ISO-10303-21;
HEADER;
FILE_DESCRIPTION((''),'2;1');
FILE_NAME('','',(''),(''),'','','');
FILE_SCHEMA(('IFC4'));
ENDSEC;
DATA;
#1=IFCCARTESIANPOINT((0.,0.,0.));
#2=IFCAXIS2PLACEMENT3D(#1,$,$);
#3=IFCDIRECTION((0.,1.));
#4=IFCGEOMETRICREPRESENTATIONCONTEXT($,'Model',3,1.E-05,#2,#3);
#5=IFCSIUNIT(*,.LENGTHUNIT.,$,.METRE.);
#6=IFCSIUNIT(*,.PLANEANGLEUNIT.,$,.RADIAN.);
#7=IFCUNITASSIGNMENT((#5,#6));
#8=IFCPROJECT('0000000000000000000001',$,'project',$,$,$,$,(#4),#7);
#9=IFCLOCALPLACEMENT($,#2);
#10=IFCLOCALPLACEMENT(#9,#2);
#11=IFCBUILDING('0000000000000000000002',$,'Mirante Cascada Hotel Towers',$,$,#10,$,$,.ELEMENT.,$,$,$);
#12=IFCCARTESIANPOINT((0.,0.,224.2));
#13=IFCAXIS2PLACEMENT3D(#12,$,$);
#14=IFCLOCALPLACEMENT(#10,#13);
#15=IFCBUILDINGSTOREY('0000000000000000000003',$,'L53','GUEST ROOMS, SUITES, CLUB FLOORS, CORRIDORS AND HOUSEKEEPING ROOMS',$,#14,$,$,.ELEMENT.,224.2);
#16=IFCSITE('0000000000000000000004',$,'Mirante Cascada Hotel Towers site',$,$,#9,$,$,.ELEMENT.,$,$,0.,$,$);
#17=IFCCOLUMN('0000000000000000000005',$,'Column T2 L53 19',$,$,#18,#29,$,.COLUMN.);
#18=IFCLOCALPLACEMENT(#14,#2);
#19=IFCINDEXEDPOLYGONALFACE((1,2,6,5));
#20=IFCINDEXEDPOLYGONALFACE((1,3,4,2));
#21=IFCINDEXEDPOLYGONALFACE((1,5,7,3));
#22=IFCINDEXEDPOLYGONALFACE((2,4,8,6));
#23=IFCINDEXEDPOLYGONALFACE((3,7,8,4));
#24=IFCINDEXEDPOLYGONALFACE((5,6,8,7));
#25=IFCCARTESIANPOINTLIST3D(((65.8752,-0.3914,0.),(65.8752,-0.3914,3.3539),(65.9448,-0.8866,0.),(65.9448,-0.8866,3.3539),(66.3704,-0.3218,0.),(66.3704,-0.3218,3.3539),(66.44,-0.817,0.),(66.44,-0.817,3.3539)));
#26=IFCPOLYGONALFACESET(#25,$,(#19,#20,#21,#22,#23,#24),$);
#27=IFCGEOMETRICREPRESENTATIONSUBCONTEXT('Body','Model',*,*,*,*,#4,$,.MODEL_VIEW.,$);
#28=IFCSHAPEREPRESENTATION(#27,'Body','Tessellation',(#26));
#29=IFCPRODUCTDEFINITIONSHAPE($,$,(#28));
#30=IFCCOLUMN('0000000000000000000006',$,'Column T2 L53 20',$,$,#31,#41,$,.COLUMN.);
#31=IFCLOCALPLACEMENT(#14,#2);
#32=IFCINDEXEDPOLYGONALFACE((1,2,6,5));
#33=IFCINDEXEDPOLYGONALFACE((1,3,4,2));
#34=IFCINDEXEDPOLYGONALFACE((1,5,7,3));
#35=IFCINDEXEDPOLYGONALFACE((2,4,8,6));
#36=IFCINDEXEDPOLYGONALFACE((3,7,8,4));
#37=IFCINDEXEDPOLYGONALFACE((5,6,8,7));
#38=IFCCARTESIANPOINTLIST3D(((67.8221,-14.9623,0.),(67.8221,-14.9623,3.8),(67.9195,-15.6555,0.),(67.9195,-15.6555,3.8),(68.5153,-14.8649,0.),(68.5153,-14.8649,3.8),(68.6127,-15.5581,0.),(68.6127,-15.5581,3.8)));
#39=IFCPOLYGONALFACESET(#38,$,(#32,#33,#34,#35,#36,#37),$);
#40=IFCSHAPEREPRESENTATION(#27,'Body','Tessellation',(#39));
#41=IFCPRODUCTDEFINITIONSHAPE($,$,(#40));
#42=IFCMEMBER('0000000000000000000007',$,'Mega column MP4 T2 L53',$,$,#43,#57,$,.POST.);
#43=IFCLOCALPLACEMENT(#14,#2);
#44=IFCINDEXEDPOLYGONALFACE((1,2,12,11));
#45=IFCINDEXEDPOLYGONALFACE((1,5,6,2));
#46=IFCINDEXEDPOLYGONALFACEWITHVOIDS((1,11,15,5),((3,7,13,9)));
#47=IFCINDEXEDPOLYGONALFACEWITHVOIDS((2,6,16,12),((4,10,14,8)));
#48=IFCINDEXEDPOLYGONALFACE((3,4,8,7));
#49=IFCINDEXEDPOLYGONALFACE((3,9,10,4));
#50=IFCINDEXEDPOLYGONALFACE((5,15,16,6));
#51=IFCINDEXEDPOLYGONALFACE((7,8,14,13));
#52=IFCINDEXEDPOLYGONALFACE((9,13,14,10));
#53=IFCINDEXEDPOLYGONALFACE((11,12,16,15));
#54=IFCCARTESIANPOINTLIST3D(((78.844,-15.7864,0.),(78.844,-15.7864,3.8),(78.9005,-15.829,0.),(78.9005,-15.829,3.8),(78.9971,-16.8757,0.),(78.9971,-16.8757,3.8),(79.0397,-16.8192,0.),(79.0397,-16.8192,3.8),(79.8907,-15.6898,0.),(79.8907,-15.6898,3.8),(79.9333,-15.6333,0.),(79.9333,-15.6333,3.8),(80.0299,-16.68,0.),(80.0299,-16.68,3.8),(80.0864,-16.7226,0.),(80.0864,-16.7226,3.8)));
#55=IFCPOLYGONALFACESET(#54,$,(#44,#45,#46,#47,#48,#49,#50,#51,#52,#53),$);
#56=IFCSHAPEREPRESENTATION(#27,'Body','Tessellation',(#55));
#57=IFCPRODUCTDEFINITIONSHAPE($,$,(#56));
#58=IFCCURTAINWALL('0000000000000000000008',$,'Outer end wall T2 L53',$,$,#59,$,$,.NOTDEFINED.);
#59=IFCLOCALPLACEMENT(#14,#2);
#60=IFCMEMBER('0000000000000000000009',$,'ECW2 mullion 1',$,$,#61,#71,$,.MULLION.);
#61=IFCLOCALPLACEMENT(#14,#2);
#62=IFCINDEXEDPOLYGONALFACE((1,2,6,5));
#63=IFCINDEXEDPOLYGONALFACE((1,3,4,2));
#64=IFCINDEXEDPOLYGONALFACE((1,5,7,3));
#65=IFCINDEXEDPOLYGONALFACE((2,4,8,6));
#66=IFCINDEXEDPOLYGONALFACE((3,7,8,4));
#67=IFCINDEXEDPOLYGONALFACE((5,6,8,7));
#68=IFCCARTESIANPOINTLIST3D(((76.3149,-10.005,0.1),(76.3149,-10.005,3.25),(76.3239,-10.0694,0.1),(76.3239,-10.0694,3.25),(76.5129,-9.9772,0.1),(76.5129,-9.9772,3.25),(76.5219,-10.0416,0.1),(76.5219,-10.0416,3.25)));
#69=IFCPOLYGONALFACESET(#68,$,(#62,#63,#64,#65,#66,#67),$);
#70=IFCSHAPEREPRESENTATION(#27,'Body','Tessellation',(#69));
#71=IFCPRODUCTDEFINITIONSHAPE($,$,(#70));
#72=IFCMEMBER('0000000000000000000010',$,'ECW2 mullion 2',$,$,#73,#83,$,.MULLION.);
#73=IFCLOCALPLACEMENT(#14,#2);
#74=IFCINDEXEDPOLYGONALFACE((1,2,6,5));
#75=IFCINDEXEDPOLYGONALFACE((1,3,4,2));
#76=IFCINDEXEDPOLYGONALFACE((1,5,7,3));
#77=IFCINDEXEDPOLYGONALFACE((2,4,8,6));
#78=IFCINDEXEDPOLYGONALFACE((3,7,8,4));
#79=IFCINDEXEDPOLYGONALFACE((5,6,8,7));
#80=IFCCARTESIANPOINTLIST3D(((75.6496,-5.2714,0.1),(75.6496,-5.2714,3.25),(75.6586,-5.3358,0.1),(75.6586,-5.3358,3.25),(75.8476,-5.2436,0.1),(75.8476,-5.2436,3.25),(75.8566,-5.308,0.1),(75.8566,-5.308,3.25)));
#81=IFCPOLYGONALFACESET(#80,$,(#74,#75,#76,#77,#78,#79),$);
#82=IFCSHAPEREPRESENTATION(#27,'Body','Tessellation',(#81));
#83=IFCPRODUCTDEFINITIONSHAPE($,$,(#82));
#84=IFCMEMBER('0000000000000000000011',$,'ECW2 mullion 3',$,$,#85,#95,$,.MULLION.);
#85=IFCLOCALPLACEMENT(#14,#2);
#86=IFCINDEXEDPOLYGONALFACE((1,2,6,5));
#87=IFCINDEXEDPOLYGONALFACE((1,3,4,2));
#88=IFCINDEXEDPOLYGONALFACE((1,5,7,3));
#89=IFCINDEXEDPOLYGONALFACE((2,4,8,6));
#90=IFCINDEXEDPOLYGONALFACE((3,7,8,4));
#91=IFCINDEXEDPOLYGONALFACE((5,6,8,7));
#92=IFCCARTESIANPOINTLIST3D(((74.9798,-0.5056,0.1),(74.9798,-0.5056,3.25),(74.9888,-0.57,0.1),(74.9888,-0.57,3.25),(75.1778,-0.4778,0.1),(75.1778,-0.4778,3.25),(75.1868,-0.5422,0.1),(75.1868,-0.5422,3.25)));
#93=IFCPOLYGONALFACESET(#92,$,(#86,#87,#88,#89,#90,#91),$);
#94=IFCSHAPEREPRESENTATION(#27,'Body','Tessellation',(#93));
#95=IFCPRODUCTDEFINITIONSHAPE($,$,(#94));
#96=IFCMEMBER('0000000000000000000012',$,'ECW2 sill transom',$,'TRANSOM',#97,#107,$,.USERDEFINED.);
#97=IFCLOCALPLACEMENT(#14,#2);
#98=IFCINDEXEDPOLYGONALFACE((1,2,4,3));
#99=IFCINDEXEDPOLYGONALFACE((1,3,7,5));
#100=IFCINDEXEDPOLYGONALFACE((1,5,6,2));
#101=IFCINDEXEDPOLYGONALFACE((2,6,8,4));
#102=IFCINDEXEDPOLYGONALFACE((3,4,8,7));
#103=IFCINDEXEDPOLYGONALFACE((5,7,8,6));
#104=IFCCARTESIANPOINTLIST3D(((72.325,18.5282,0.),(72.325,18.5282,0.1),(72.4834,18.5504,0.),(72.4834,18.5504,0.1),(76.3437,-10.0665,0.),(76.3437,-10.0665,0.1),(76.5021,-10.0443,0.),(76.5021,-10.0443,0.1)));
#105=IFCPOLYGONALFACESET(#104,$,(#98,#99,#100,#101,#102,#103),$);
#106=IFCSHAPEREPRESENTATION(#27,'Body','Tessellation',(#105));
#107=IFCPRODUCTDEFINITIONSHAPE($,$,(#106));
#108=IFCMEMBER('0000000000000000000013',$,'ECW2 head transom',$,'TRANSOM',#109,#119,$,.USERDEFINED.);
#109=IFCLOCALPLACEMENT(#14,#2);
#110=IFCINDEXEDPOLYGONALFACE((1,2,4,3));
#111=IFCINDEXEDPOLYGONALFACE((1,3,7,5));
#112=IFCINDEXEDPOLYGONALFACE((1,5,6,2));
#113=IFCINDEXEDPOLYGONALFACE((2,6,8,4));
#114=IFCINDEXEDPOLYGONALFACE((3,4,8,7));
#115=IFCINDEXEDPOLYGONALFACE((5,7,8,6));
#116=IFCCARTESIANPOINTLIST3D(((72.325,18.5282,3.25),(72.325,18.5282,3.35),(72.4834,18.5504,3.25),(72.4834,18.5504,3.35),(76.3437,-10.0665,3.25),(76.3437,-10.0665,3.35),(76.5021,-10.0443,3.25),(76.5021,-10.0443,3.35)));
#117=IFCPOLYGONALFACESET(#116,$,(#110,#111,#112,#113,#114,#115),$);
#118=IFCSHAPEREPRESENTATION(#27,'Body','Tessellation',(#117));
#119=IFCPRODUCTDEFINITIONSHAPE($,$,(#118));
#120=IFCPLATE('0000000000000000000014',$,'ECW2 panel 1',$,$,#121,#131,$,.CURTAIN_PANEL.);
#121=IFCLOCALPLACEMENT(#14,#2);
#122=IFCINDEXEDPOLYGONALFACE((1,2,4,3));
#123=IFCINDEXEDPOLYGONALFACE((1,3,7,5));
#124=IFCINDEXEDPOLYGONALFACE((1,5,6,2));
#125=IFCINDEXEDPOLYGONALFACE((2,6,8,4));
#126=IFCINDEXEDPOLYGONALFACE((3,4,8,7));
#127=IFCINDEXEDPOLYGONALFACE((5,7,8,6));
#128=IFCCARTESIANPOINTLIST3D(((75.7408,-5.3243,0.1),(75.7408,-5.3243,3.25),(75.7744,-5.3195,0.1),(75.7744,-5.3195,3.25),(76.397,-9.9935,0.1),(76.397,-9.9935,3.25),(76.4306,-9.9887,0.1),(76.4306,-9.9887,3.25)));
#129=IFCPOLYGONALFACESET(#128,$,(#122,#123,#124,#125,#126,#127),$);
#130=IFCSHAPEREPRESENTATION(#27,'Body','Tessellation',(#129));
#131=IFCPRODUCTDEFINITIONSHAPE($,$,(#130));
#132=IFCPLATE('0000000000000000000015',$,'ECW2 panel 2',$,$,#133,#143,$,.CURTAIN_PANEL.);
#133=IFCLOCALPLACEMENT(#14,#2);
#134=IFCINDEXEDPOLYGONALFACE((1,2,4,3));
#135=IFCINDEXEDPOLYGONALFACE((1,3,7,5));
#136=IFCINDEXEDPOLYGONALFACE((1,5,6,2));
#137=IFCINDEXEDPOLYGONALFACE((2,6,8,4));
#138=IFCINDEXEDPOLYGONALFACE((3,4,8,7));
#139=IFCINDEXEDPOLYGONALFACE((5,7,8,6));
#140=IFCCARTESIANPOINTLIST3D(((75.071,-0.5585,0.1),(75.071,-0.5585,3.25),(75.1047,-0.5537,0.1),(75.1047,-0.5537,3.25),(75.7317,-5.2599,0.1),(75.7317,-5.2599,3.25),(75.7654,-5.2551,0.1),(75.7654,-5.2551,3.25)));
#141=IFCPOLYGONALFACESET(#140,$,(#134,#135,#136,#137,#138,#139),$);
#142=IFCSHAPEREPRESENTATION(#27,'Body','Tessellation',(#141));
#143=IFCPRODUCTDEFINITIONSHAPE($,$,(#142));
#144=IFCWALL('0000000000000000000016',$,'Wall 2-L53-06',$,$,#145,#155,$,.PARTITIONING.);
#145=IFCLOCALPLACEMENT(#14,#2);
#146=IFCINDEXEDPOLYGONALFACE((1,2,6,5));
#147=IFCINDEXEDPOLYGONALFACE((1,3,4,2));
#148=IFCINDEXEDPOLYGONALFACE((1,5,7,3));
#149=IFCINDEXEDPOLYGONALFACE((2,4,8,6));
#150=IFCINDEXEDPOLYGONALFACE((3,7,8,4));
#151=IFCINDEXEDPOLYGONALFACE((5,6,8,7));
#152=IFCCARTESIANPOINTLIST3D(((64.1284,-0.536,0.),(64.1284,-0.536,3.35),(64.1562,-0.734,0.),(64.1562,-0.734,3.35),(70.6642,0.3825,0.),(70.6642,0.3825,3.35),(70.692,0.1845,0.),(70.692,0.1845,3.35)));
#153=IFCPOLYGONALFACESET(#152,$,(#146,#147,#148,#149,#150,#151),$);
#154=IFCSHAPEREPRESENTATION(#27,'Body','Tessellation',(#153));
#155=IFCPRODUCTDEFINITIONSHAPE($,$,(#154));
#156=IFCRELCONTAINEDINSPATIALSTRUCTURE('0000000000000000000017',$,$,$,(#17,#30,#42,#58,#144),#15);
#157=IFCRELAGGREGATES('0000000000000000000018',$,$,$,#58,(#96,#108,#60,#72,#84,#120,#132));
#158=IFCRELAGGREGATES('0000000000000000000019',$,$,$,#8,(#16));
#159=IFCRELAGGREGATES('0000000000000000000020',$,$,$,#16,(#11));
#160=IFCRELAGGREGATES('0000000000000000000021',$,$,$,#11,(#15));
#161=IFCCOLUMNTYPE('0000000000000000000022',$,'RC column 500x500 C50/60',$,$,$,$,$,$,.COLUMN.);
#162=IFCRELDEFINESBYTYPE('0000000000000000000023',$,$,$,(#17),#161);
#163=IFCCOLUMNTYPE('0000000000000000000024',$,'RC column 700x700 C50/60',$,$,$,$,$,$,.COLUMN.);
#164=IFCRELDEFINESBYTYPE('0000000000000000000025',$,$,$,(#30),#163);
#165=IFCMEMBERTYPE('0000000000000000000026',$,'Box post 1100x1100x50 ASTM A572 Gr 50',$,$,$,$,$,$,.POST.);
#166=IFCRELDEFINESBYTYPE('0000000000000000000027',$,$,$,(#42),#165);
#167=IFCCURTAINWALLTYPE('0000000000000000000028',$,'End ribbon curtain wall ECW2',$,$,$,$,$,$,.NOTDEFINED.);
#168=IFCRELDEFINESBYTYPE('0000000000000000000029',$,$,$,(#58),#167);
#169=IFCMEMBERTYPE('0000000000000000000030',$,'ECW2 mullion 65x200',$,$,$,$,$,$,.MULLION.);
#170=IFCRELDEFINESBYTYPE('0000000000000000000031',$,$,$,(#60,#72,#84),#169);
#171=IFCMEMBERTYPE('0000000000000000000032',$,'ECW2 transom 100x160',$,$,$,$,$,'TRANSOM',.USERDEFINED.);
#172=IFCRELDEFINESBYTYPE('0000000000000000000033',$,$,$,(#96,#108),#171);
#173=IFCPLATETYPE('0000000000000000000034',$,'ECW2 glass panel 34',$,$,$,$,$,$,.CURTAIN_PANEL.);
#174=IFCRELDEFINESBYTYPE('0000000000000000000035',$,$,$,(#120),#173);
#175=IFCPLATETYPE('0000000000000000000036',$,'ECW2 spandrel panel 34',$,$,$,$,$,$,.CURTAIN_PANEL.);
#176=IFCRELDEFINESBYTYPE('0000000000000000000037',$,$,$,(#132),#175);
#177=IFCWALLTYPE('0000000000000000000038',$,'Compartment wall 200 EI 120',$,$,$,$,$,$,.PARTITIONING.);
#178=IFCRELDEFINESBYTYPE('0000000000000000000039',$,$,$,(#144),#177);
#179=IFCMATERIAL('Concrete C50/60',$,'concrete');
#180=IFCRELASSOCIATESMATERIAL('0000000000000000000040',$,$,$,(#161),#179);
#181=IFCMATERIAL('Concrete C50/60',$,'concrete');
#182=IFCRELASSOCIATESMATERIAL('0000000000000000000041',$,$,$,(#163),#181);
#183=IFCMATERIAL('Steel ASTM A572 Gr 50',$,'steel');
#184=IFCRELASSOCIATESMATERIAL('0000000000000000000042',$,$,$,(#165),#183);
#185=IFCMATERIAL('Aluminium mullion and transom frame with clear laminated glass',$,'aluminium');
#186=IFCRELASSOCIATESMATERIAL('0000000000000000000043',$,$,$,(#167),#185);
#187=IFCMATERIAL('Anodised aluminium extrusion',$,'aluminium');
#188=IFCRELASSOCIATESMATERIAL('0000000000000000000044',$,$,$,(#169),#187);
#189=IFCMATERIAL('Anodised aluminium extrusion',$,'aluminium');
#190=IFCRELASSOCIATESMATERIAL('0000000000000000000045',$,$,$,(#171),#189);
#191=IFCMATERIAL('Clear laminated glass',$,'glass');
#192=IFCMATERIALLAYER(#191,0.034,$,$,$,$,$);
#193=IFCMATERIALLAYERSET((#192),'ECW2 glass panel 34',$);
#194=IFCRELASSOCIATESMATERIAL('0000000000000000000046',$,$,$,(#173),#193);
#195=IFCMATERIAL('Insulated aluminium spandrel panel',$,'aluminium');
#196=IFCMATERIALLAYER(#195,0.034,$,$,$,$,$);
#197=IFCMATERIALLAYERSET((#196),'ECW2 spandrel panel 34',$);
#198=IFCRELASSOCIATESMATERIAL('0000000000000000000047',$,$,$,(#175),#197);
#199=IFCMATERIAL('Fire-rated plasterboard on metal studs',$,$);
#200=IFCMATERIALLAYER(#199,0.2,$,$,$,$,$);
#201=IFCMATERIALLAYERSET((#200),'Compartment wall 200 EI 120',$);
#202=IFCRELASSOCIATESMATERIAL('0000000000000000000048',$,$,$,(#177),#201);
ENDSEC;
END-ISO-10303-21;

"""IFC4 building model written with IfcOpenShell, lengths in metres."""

from ifc_helpers import new_model, si_unit, direction, frame, frame_2d, origin, origin_2d, place, context, subcontext, project, spatial, rectangle, hollow_rectangle, extrude, material, layer, layer_set, material_profile, profile_set, type_object, element, aggregate, save


model = new_model("IFC4")

# Units and contexts
model_context = context("Model", 3, precision=1e-05, world=origin(), true_north=direction((0.0, 1.0)))
body_context = subcontext(model_context, "Body", "Model", "MODEL_VIEW")
ifc_project = project(units=[si_unit("LENGTHUNIT", "METRE"), si_unit("PLANEANGLEUNIT", "RADIAN")], contexts=[model_context])

# Site, building, storey
site_placement = place(None, origin())
site = spatial("IfcSite", under=ifc_project, at=site_placement, Name="Mirante Cascada Hotel Towers site", CompositionType="ELEMENT", RefElevation=0.0)
building_placement = place(site_placement, origin())
building = spatial("IfcBuilding", under=site, at=building_placement, Name="Mirante Cascada Hotel Towers", CompositionType="ELEMENT")
storey_placement = place(building_placement, frame((0.0, 0.0, 224.2)))
storey = spatial("IfcBuildingStorey", under=building, at=storey_placement, Name="L53", Description="GUEST ROOMS, SUITES, CLUB FLOORS, CORRIDORS AND HOUSEKEEPING ROOMS", CompositionType="ELEMENT", Elevation=224.2)

# Columns
ifc_material_1 = material(Name="Concrete C50/60", Category="concrete")
ifc_material_profile_1 = material_profile(ifc_material_1, rectangle(XDim=0.5, YDim=0.5, at=origin_2d()), Name="RC column 500x500 C50/60")
ifc_profile_set_1 = profile_set([ifc_material_profile_1], Name="Concrete C50/60")
column_type_1 = type_object("IfcColumnType", Name="RC column 500x500 C50/60", PredefinedType="COLUMN", material=ifc_profile_set_1)
column_1_placement = place(storey_placement, frame((66.1576, -0.6042, 0.0), z_axis=(0.0, 0.0, 1.0), x_axis=(0.990268, 0.139173, 0.0)))
element("IfcColumn", 1, at=column_1_placement, inside=storey, type_object=column_type_1, Name="Column T2 L53 19", PredefinedType="COLUMN", context=body_context, shape_type="SweptSolid", body=[
    extrude(rectangle(XDim=0.5, YDim=0.5, at=origin_2d()), origin(), (0.0, 0.0, 1.0), 3.3539),
])
ifc_material_2 = material(Name="Concrete C50/60", Category="concrete")
ifc_material_profile_2 = material_profile(ifc_material_2, rectangle(XDim=0.7, YDim=0.7, at=origin_2d()), Name="RC column 700x700 C50/60")
ifc_profile_set_2 = profile_set([ifc_material_profile_2], Name="Concrete C50/60")
column_type_2 = type_object("IfcColumnType", Name="RC column 700x700 C50/60", PredefinedType="COLUMN", material=ifc_profile_set_2)
column_2_placement = place(storey_placement, frame((68.2174, -15.2602, 0.0), z_axis=(0.0, 0.0, 1.0), x_axis=(0.990268, 0.139173, 0.0)))
element("IfcColumn", 2, at=column_2_placement, inside=storey, type_object=column_type_2, Name="Column T2 L53 20", PredefinedType="COLUMN", context=body_context, shape_type="SweptSolid", body=[
    extrude(rectangle(XDim=0.7, YDim=0.7, at=origin_2d()), origin(), (0.0, 0.0, 1.0), 3.8),
])

# Member
ifc_material_3 = material(Name="Steel ASTM A572 Gr 50", Category="steel")
ifc_material_profile_3 = material_profile(ifc_material_3, hollow_rectangle(XDim=1.1, YDim=1.1, WallThickness=0.05, at=origin_2d()), Name="Box post 1100x1100x50 ASTM A572 Gr 50")
ifc_profile_set_3 = profile_set([ifc_material_profile_3], Name="Steel ASTM A572 Gr 50")
member_type_1 = type_object("IfcMemberType", Name="Box post 1100x1100x50 ASTM A572 Gr 50", PredefinedType="POST", material=ifc_profile_set_3)
member_1_placement = place(storey_placement, frame((79.4652, -16.2545, 0.0), z_axis=(0.0, 0.0, 1.0), x_axis=(0.990268, 0.139173, 0.0)))
element("IfcMember", 3, at=member_1_placement, inside=storey, type_object=member_type_1, Name="Mega column MP4 T2 L53", PredefinedType="POST", context=body_context, shape_type="SweptSolid", body=[
    extrude(hollow_rectangle(XDim=1.1, YDim=1.1, WallThickness=0.05, at=origin_2d()), origin(), (0.0, 0.0, 1.0), 3.8),
])

# Curtain wall, members, plates
ifc_material_4 = material(Name="Aluminium mullion and transom frame with clear laminated glass", Category="aluminium")
curtain_wall_type = type_object("IfcCurtainWallType", Name="End ribbon curtain wall ECW2", PredefinedType="NOTDEFINED", material=ifc_material_4)
curtain_wall_placement = place(storey_placement, origin())
curtain_wall = element("IfcCurtainWall", 4, at=curtain_wall_placement, inside=storey, type_object=curtain_wall_type, Name="Outer end wall T2 L53", PredefinedType="NOTDEFINED")
ifc_material_5 = material(Name="Anodised aluminium extrusion", Category="aluminium")
ifc_material_profile_4 = material_profile(ifc_material_5, rectangle(XDim=0.2, YDim=0.065, at=origin_2d()), Name="ECW2 MULLION 65x200")
ifc_profile_set_4 = profile_set([ifc_material_profile_4], Name="Anodised aluminium extrusion")
member_type_2 = type_object("IfcMemberType", Name="ECW2 mullion 65x200", PredefinedType="MULLION", material=ifc_profile_set_4)
member_2_placement = place(storey_placement, frame((76.4184, -10.0233, 0.1), z_axis=(0.0, 0.0, 1.0), x_axis=(-0.990268, -0.139173, 0.0)))
member_2 = element("IfcMember", 5, at=member_2_placement, type_object=member_type_2, Name="ECW2 mullion 1", PredefinedType="MULLION", context=body_context, shape_type="SweptSolid", body=[
    extrude(rectangle(XDim=0.2, YDim=0.065, at=origin_2d()), origin(), (0.0, 0.0, 1.0), 3.15),
])
member_3_placement = place(storey_placement, frame((75.7531, -5.2897, 0.1), z_axis=(0.0, 0.0, 1.0), x_axis=(-0.990268, -0.139173, 0.0)))
member_3 = element("IfcMember", 6, at=member_3_placement, type_object=member_type_2, Name="ECW2 mullion 2", PredefinedType="MULLION", context=body_context, shape_type="SweptSolid", body=[
    extrude(rectangle(XDim=0.2, YDim=0.065, at=origin_2d()), origin(), (0.0, 0.0, 1.0), 3.15),
])
member_4_placement = place(storey_placement, frame((75.0833, -0.5239, 0.1), z_axis=(0.0, 0.0, 1.0), x_axis=(-0.990268, -0.139173, 0.0)))
member_4 = element("IfcMember", 7, at=member_4_placement, type_object=member_type_2, Name="ECW2 mullion 3", PredefinedType="MULLION", context=body_context, shape_type="SweptSolid", body=[
    extrude(rectangle(XDim=0.2, YDim=0.065, at=origin_2d()), origin(), (0.0, 0.0, 1.0), 3.15),
])
ifc_material_6 = material(Name="Anodised aluminium extrusion", Category="aluminium")
ifc_material_profile_5 = material_profile(ifc_material_6, rectangle(XDim=0.16, YDim=0.1, at=origin_2d()), Name="ECW2 TRANSOM 100x160")
ifc_profile_set_5 = profile_set([ifc_material_profile_5], Name="Anodised aluminium extrusion")
member_type_3 = type_object("IfcMemberType", Name="ECW2 transom 100x160", ElementType="TRANSOM", PredefinedType="USERDEFINED", material=ifc_profile_set_5)
member_5_placement = place(storey_placement, frame((76.4229, -10.0554, 0.05), z_axis=(-0.139172, 0.990268, 0.0), x_axis=(-0.990268, -0.139172, 0.0)))
member_5 = element("IfcMember", 8, at=member_5_placement, type_object=member_type_3, Name="ECW2 sill transom", ObjectType="TRANSOM", PredefinedType="USERDEFINED", context=body_context, shape_type="SweptSolid", body=[
    extrude(rectangle(XDim=0.16, YDim=0.1, at=origin_2d()), origin(), (0.0, 0.0, 1.0), 28.8757),
])
member_6_placement = place(storey_placement, frame((76.4229, -10.0554, 3.3), z_axis=(-0.139172, 0.990268, 0.0), x_axis=(-0.990268, -0.139172, 0.0)))
member_6 = element("IfcMember", 9, at=member_6_placement, type_object=member_type_3, Name="ECW2 head transom", ObjectType="TRANSOM", PredefinedType="USERDEFINED", context=body_context, shape_type="SweptSolid", body=[
    extrude(rectangle(XDim=0.16, YDim=0.1, at=origin_2d()), origin(), (0.0, 0.0, 1.0), 28.8757),
])
ifc_material_7 = material(Name="Clear laminated glass", Category="glass")
ifc_layer_1 = layer(ifc_material_7, 0.034)
ifc_layer_set_1 = layer_set([ifc_layer_1], Name="ECW2 glass panel 34")
plate_type_1 = type_object("IfcPlateType", Name="ECW2 glass panel 34", PredefinedType="CURTAIN_PANEL", material=ifc_layer_set_1)
plate_1_placement = place(storey_placement, frame((76.0857, -7.6565, 0.1), z_axis=(0.0, 0.0, 1.0), x_axis=(-0.139173, 0.990268, 0.0)))
plate_1 = element("IfcPlate", 10, at=plate_1_placement, type_object=plate_type_1, Name="ECW2 panel 1", PredefinedType="CURTAIN_PANEL", context=body_context, shape_type="SweptSolid", body=[
    extrude(rectangle(XDim=4.7151, YDim=0.034, at=origin_2d()), origin(), (0.0, 0.0, 1.0), 3.15),
])
ifc_material_8 = material(Name="Insulated aluminium spandrel panel", Category="aluminium")
ifc_layer_2 = layer(ifc_material_8, 0.034)
ifc_layer_set_2 = layer_set([ifc_layer_2], Name="ECW2 spandrel panel 34")
plate_type_2 = type_object("IfcPlateType", Name="ECW2 spandrel panel 34", PredefinedType="CURTAIN_PANEL", material=ifc_layer_set_2)
plate_2_placement = place(storey_placement, frame((75.4182, -2.9068, 0.1), z_axis=(0.0, 0.0, 1.0), x_axis=(-0.139173, 0.990268, 0.0)))
plate_2 = element("IfcPlate", 11, at=plate_2_placement, type_object=plate_type_2, Name="ECW2 panel 2", PredefinedType="CURTAIN_PANEL", context=body_context, shape_type="SweptSolid", body=[
    extrude(rectangle(XDim=4.7476, YDim=0.034, at=origin_2d()), origin(), (0.0, 0.0, 1.0), 3.15),
])
aggregate(curtain_wall, [member_5, member_6, member_2, member_3, member_4, plate_1, plate_2])

# Wall
ifc_material_9 = material(Name="Fire-rated plasterboard on metal studs")
ifc_layer_3 = layer(ifc_material_9, 0.2)
ifc_layer_set_3 = layer_set([ifc_layer_3], Name="Compartment wall 200 EI 120")
wall_type_1 = type_object("IfcWallType", Name="Compartment wall 200 EI 120", PredefinedType="PARTITIONING", material=ifc_layer_set_3)
wall_1_placement = place(storey_placement, frame((64.1423, -0.635, 0.0), z_axis=(0.0, 0.0, 1.0), x_axis=(0.990269, 0.139166, 0.0)))
element("IfcWall", 12, at=wall_1_placement, inside=storey, type_object=wall_type_1, Name="Wall 2-L53-06", PredefinedType="PARTITIONING", context=body_context, shape_type="SweptSolid", body=[
    extrude(rectangle(XDim=6.6, YDim=0.2, at=frame_2d((3.3, 0.0))), origin(), (0.0, 0.0, 1.0), 3.35),
])

save(model, "model.ifc")
